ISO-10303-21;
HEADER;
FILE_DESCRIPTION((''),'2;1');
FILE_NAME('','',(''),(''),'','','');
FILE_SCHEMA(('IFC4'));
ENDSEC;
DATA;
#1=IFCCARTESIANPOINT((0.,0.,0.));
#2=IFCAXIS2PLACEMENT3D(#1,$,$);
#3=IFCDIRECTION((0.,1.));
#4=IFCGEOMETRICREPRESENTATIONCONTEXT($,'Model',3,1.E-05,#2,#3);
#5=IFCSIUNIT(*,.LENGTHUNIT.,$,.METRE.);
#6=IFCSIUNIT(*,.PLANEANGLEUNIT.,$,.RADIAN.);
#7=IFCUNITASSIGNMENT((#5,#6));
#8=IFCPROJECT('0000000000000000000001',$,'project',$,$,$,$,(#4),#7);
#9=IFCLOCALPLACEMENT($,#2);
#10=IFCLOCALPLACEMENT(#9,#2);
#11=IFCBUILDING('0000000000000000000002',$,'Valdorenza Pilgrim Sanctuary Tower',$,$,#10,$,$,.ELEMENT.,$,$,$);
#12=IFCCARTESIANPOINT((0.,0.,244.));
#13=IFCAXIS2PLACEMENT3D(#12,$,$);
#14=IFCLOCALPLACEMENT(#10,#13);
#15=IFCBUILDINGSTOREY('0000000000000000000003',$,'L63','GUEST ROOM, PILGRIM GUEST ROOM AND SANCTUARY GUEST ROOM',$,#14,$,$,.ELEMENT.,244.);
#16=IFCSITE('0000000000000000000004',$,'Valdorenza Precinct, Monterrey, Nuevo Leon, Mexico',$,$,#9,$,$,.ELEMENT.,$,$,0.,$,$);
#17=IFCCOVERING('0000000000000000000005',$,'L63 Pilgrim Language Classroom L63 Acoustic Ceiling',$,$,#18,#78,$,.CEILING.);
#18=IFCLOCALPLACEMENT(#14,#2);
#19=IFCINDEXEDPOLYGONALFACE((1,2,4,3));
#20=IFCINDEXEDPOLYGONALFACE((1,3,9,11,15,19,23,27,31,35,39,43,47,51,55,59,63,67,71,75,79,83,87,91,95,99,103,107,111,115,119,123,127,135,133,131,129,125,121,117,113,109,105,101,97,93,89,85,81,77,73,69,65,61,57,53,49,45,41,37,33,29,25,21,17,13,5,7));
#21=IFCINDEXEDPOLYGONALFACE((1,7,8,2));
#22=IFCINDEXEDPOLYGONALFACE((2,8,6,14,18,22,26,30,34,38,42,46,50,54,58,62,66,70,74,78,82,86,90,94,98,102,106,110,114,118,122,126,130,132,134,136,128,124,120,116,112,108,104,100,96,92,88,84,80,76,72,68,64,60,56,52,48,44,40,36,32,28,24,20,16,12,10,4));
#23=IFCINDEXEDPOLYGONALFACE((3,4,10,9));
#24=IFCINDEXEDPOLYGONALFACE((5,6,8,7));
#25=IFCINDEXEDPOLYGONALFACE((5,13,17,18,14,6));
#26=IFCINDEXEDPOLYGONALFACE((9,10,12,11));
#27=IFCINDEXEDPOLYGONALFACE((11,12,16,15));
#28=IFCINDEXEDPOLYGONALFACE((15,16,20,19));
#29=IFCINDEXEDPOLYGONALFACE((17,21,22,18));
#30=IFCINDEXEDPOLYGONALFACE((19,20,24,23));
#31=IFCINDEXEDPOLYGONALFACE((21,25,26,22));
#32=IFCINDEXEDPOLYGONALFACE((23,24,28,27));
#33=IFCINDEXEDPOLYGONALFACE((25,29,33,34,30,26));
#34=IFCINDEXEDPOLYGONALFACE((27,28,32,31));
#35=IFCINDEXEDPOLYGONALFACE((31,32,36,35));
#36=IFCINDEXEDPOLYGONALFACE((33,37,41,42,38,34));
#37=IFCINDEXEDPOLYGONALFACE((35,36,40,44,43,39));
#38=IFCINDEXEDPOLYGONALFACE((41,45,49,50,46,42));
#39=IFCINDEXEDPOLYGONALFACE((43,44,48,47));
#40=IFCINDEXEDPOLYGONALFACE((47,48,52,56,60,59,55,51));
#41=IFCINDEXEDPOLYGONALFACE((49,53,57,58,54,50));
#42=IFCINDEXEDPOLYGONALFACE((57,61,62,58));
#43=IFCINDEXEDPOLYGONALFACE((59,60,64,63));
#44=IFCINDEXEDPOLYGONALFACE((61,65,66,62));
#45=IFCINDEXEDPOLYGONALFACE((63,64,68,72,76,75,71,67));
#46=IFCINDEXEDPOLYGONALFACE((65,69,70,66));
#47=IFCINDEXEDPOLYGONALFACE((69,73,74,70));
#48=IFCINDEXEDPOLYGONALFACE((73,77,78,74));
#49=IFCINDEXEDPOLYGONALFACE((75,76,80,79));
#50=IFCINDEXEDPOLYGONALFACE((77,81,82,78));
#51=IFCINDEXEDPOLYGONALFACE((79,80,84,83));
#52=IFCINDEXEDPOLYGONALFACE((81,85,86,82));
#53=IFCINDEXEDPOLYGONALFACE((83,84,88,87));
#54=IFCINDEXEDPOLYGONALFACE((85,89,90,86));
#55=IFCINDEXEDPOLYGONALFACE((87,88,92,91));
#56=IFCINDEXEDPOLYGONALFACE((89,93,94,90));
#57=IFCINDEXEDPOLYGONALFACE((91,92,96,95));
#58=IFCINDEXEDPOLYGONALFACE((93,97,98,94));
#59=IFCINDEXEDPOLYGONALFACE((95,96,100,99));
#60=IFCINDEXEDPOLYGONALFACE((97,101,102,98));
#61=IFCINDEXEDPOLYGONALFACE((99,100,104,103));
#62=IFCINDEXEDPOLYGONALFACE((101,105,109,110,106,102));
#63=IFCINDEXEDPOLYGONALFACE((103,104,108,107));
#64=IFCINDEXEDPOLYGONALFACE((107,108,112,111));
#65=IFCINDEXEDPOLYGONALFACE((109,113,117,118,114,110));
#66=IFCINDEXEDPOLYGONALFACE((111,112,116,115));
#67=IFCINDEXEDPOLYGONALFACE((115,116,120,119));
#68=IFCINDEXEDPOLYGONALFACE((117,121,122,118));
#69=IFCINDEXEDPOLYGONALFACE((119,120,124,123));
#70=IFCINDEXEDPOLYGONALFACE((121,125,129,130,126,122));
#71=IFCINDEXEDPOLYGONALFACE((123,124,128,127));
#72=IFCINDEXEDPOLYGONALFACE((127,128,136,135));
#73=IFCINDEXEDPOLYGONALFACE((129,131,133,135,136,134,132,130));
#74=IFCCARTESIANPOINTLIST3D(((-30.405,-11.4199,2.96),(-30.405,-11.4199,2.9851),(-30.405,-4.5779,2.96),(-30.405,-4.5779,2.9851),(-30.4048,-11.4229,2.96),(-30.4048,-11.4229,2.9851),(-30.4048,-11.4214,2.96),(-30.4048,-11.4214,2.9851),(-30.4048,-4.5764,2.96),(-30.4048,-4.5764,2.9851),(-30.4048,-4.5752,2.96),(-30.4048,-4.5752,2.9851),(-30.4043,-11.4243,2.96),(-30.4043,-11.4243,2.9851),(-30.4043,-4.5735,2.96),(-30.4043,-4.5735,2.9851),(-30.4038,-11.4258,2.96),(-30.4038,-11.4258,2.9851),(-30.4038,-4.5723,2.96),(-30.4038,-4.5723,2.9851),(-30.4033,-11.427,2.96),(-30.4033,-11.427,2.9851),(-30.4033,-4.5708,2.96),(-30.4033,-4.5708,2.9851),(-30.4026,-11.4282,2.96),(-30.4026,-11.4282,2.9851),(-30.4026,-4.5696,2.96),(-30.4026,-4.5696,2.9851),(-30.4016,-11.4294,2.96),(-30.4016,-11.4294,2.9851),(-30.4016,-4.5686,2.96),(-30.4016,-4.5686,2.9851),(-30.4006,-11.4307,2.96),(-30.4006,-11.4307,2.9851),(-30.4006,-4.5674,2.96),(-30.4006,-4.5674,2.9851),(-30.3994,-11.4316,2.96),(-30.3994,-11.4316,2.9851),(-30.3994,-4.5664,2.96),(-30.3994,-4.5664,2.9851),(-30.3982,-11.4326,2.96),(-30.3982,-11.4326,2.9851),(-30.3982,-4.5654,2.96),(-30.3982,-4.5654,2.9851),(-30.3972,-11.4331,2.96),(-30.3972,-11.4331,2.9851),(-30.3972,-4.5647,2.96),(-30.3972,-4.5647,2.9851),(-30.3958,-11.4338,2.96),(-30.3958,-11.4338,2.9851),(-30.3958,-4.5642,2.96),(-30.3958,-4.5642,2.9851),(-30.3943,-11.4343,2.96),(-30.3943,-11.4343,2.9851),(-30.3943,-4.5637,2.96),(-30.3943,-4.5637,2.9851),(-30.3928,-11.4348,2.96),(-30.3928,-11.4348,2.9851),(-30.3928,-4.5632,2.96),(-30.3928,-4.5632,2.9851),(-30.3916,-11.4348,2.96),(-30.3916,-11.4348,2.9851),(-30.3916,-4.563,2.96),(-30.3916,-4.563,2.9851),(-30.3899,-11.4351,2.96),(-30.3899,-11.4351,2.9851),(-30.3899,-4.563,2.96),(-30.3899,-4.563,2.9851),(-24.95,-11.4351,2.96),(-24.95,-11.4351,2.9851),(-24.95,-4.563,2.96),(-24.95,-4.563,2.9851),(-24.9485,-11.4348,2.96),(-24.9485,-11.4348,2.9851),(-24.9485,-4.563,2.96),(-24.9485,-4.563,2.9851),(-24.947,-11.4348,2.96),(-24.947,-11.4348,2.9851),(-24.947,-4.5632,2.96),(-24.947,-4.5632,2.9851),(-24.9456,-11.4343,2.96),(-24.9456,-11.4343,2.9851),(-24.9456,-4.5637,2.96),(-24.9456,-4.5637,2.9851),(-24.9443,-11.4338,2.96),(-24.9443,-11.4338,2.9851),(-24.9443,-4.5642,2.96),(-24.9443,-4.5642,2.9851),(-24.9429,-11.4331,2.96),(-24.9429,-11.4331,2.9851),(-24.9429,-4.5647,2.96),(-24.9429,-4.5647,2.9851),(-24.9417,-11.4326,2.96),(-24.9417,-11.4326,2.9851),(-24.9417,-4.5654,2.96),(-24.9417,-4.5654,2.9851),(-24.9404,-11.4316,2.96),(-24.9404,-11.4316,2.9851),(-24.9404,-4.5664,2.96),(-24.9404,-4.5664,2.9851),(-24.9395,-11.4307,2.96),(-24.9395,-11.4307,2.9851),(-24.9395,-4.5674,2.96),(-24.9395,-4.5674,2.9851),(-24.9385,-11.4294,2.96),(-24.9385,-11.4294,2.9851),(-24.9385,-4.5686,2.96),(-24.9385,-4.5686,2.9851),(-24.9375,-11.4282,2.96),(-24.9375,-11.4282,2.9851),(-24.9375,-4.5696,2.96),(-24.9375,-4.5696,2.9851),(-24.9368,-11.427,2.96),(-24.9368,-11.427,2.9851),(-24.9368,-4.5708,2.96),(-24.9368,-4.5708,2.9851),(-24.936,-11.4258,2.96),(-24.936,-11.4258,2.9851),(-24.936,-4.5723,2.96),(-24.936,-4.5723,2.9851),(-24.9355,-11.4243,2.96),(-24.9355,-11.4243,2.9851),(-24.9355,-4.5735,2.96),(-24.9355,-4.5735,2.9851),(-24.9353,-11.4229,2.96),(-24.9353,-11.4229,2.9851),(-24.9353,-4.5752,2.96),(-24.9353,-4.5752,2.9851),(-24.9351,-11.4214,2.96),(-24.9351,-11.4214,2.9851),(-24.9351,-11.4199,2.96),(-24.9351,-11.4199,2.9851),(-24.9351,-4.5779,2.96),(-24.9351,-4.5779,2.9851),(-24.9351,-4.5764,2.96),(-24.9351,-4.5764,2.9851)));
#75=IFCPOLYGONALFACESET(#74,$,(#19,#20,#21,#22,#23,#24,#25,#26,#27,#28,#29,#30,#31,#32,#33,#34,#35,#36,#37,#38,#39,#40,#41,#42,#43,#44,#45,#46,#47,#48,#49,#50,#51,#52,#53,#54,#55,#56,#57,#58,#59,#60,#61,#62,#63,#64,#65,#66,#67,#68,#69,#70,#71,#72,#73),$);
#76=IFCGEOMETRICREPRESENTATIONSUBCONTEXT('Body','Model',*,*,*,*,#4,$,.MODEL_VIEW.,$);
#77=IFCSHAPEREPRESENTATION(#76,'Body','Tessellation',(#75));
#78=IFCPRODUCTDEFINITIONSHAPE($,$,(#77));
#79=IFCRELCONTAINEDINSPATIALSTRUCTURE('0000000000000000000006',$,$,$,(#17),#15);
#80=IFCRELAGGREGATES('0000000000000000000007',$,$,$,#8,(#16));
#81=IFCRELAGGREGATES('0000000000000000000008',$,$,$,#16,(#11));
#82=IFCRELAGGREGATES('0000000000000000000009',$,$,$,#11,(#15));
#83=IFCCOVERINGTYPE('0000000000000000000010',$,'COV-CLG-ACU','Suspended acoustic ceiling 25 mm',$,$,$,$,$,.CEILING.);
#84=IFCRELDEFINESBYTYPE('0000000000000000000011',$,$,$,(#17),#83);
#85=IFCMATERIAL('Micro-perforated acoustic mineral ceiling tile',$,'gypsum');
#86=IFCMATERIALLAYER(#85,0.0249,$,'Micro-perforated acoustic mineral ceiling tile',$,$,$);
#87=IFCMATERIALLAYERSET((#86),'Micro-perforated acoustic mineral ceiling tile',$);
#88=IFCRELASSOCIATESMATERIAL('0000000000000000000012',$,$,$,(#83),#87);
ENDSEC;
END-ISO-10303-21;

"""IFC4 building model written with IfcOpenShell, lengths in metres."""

from ifc_helpers import new_model, si_unit, direction, frame, origin, place, context, subcontext, project, spatial, polyline, outline, extrude, material, layer, layer_set, type_object, element, save


model = new_model("IFC4")

# Units and contexts
model_context = context("Model", 3, precision=1e-05, world=origin(), true_north=direction((0.0, 1.0)))
body_context = subcontext(model_context, "Body", "Model", "MODEL_VIEW")
ifc_project = project(units=[si_unit("LENGTHUNIT", "METRE"), si_unit("PLANEANGLEUNIT", "RADIAN")], contexts=[model_context])

# Site, building, storey
site_placement = place(None, origin())
site = spatial("IfcSite", under=ifc_project, at=site_placement, Name="Valdorenza Precinct, Monterrey, Nuevo Leon, Mexico", CompositionType="ELEMENT", RefElevation=0.0)
building_placement = place(site_placement, origin())
building = spatial("IfcBuilding", under=site, at=building_placement, Name="Valdorenza Pilgrim Sanctuary Tower", CompositionType="ELEMENT")
storey_placement = place(building_placement, frame((0.0, 0.0, 244.0)))
storey = spatial("IfcBuildingStorey", under=building, at=storey_placement, Name="L63", Description="GUEST ROOM, PILGRIM GUEST ROOM AND SANCTUARY GUEST ROOM", CompositionType="ELEMENT", Elevation=244.0)

# Covering
ifc_material_1 = material(Name="Micro-perforated acoustic mineral ceiling tile", Category="gypsum")
ifc_layer_1 = layer(ifc_material_1, 0.0249, Name="Micro-perforated acoustic mineral ceiling tile")
ifc_layer_set_1 = layer_set([ifc_layer_1], Name="Micro-perforated acoustic mineral ceiling tile")
covering_type_1 = type_object("IfcCoveringType", Name="COV-CLG-ACU", Description="Suspended acoustic ceiling 25 mm", PredefinedType="CEILING", material=ifc_layer_set_1)
covering_1_placement = place(storey_placement, frame((0.0, 0.0, 2.96)))
element("IfcCovering", 1, at=covering_1_placement, inside=storey, type_object=covering_type_1, Name="L63 Pilgrim Language Classroom L63 Acoustic Ceiling", PredefinedType="CEILING", context=body_context, shape_type="SweptSolid", body=[
    extrude(outline(polyline([(-24.9351, -11.4199), (-24.9351, -11.4214), (-24.9353, -11.4229), (-24.9355, -11.4243), (-24.936, -11.4258), (-24.9368, -11.427), (-24.9375, -11.4282), (-24.9385, -11.4294), (-24.9395, -11.4307), (-24.9404, -11.4316), (-24.9417, -11.4326), (-24.9429, -11.4331), (-24.9443, -11.4338), (-24.9456, -11.4343), (-24.947, -11.4348), (-24.9485, -11.4348), (-24.95, -11.4351), (-30.3899, -11.4351), (-30.3916, -11.4348), (-30.3928, -11.4348), (-30.3943, -11.4343), (-30.3958, -11.4338), (-30.3972, -11.4331), (-30.3982, -11.4326), (-30.3994, -11.4316), (-30.4006, -11.4307), (-30.4016, -11.4294), (-30.4026, -11.4282), (-30.4033, -11.427), (-30.4038, -11.4258), (-30.4043, -11.4243), (-30.4048, -11.4229), (-30.4048, -11.4214), (-30.405, -11.4199), (-30.405, -4.5779), (-30.4048, -4.5764), (-30.4048, -4.5752), (-30.4043, -4.5735), (-30.4038, -4.5723), (-30.4033, -4.5708), (-30.4026, -4.5696), (-30.4016, -4.5686), (-30.4006, -4.5674), (-30.3994, -4.5664), (-30.3982, -4.5654), (-30.3972, -4.5647), (-30.3958, -4.5642), (-30.3943, -4.5637), (-30.3928, -4.5632), (-30.3916, -4.563), (-30.3899, -4.563), (-24.95, -4.563), (-24.9485, -4.563), (-24.947, -4.5632), (-24.9456, -4.5637), (-24.9443, -4.5642), (-24.9429, -4.5647), (-24.9417, -4.5654), (-24.9404, -4.5664), (-24.9395, -4.5674), (-24.9385, -4.5686), (-24.9375, -4.5696), (-24.9368, -4.5708), (-24.936, -4.5723), (-24.9355, -4.5735), (-24.9353, -4.5752), (-24.9351, -4.5764), (-24.9351, -4.5779), (-24.9351, -11.4199)])), origin(), (0.0, 0.0, 1.0), 0.0251),
])

save(model, "model.ifc")
